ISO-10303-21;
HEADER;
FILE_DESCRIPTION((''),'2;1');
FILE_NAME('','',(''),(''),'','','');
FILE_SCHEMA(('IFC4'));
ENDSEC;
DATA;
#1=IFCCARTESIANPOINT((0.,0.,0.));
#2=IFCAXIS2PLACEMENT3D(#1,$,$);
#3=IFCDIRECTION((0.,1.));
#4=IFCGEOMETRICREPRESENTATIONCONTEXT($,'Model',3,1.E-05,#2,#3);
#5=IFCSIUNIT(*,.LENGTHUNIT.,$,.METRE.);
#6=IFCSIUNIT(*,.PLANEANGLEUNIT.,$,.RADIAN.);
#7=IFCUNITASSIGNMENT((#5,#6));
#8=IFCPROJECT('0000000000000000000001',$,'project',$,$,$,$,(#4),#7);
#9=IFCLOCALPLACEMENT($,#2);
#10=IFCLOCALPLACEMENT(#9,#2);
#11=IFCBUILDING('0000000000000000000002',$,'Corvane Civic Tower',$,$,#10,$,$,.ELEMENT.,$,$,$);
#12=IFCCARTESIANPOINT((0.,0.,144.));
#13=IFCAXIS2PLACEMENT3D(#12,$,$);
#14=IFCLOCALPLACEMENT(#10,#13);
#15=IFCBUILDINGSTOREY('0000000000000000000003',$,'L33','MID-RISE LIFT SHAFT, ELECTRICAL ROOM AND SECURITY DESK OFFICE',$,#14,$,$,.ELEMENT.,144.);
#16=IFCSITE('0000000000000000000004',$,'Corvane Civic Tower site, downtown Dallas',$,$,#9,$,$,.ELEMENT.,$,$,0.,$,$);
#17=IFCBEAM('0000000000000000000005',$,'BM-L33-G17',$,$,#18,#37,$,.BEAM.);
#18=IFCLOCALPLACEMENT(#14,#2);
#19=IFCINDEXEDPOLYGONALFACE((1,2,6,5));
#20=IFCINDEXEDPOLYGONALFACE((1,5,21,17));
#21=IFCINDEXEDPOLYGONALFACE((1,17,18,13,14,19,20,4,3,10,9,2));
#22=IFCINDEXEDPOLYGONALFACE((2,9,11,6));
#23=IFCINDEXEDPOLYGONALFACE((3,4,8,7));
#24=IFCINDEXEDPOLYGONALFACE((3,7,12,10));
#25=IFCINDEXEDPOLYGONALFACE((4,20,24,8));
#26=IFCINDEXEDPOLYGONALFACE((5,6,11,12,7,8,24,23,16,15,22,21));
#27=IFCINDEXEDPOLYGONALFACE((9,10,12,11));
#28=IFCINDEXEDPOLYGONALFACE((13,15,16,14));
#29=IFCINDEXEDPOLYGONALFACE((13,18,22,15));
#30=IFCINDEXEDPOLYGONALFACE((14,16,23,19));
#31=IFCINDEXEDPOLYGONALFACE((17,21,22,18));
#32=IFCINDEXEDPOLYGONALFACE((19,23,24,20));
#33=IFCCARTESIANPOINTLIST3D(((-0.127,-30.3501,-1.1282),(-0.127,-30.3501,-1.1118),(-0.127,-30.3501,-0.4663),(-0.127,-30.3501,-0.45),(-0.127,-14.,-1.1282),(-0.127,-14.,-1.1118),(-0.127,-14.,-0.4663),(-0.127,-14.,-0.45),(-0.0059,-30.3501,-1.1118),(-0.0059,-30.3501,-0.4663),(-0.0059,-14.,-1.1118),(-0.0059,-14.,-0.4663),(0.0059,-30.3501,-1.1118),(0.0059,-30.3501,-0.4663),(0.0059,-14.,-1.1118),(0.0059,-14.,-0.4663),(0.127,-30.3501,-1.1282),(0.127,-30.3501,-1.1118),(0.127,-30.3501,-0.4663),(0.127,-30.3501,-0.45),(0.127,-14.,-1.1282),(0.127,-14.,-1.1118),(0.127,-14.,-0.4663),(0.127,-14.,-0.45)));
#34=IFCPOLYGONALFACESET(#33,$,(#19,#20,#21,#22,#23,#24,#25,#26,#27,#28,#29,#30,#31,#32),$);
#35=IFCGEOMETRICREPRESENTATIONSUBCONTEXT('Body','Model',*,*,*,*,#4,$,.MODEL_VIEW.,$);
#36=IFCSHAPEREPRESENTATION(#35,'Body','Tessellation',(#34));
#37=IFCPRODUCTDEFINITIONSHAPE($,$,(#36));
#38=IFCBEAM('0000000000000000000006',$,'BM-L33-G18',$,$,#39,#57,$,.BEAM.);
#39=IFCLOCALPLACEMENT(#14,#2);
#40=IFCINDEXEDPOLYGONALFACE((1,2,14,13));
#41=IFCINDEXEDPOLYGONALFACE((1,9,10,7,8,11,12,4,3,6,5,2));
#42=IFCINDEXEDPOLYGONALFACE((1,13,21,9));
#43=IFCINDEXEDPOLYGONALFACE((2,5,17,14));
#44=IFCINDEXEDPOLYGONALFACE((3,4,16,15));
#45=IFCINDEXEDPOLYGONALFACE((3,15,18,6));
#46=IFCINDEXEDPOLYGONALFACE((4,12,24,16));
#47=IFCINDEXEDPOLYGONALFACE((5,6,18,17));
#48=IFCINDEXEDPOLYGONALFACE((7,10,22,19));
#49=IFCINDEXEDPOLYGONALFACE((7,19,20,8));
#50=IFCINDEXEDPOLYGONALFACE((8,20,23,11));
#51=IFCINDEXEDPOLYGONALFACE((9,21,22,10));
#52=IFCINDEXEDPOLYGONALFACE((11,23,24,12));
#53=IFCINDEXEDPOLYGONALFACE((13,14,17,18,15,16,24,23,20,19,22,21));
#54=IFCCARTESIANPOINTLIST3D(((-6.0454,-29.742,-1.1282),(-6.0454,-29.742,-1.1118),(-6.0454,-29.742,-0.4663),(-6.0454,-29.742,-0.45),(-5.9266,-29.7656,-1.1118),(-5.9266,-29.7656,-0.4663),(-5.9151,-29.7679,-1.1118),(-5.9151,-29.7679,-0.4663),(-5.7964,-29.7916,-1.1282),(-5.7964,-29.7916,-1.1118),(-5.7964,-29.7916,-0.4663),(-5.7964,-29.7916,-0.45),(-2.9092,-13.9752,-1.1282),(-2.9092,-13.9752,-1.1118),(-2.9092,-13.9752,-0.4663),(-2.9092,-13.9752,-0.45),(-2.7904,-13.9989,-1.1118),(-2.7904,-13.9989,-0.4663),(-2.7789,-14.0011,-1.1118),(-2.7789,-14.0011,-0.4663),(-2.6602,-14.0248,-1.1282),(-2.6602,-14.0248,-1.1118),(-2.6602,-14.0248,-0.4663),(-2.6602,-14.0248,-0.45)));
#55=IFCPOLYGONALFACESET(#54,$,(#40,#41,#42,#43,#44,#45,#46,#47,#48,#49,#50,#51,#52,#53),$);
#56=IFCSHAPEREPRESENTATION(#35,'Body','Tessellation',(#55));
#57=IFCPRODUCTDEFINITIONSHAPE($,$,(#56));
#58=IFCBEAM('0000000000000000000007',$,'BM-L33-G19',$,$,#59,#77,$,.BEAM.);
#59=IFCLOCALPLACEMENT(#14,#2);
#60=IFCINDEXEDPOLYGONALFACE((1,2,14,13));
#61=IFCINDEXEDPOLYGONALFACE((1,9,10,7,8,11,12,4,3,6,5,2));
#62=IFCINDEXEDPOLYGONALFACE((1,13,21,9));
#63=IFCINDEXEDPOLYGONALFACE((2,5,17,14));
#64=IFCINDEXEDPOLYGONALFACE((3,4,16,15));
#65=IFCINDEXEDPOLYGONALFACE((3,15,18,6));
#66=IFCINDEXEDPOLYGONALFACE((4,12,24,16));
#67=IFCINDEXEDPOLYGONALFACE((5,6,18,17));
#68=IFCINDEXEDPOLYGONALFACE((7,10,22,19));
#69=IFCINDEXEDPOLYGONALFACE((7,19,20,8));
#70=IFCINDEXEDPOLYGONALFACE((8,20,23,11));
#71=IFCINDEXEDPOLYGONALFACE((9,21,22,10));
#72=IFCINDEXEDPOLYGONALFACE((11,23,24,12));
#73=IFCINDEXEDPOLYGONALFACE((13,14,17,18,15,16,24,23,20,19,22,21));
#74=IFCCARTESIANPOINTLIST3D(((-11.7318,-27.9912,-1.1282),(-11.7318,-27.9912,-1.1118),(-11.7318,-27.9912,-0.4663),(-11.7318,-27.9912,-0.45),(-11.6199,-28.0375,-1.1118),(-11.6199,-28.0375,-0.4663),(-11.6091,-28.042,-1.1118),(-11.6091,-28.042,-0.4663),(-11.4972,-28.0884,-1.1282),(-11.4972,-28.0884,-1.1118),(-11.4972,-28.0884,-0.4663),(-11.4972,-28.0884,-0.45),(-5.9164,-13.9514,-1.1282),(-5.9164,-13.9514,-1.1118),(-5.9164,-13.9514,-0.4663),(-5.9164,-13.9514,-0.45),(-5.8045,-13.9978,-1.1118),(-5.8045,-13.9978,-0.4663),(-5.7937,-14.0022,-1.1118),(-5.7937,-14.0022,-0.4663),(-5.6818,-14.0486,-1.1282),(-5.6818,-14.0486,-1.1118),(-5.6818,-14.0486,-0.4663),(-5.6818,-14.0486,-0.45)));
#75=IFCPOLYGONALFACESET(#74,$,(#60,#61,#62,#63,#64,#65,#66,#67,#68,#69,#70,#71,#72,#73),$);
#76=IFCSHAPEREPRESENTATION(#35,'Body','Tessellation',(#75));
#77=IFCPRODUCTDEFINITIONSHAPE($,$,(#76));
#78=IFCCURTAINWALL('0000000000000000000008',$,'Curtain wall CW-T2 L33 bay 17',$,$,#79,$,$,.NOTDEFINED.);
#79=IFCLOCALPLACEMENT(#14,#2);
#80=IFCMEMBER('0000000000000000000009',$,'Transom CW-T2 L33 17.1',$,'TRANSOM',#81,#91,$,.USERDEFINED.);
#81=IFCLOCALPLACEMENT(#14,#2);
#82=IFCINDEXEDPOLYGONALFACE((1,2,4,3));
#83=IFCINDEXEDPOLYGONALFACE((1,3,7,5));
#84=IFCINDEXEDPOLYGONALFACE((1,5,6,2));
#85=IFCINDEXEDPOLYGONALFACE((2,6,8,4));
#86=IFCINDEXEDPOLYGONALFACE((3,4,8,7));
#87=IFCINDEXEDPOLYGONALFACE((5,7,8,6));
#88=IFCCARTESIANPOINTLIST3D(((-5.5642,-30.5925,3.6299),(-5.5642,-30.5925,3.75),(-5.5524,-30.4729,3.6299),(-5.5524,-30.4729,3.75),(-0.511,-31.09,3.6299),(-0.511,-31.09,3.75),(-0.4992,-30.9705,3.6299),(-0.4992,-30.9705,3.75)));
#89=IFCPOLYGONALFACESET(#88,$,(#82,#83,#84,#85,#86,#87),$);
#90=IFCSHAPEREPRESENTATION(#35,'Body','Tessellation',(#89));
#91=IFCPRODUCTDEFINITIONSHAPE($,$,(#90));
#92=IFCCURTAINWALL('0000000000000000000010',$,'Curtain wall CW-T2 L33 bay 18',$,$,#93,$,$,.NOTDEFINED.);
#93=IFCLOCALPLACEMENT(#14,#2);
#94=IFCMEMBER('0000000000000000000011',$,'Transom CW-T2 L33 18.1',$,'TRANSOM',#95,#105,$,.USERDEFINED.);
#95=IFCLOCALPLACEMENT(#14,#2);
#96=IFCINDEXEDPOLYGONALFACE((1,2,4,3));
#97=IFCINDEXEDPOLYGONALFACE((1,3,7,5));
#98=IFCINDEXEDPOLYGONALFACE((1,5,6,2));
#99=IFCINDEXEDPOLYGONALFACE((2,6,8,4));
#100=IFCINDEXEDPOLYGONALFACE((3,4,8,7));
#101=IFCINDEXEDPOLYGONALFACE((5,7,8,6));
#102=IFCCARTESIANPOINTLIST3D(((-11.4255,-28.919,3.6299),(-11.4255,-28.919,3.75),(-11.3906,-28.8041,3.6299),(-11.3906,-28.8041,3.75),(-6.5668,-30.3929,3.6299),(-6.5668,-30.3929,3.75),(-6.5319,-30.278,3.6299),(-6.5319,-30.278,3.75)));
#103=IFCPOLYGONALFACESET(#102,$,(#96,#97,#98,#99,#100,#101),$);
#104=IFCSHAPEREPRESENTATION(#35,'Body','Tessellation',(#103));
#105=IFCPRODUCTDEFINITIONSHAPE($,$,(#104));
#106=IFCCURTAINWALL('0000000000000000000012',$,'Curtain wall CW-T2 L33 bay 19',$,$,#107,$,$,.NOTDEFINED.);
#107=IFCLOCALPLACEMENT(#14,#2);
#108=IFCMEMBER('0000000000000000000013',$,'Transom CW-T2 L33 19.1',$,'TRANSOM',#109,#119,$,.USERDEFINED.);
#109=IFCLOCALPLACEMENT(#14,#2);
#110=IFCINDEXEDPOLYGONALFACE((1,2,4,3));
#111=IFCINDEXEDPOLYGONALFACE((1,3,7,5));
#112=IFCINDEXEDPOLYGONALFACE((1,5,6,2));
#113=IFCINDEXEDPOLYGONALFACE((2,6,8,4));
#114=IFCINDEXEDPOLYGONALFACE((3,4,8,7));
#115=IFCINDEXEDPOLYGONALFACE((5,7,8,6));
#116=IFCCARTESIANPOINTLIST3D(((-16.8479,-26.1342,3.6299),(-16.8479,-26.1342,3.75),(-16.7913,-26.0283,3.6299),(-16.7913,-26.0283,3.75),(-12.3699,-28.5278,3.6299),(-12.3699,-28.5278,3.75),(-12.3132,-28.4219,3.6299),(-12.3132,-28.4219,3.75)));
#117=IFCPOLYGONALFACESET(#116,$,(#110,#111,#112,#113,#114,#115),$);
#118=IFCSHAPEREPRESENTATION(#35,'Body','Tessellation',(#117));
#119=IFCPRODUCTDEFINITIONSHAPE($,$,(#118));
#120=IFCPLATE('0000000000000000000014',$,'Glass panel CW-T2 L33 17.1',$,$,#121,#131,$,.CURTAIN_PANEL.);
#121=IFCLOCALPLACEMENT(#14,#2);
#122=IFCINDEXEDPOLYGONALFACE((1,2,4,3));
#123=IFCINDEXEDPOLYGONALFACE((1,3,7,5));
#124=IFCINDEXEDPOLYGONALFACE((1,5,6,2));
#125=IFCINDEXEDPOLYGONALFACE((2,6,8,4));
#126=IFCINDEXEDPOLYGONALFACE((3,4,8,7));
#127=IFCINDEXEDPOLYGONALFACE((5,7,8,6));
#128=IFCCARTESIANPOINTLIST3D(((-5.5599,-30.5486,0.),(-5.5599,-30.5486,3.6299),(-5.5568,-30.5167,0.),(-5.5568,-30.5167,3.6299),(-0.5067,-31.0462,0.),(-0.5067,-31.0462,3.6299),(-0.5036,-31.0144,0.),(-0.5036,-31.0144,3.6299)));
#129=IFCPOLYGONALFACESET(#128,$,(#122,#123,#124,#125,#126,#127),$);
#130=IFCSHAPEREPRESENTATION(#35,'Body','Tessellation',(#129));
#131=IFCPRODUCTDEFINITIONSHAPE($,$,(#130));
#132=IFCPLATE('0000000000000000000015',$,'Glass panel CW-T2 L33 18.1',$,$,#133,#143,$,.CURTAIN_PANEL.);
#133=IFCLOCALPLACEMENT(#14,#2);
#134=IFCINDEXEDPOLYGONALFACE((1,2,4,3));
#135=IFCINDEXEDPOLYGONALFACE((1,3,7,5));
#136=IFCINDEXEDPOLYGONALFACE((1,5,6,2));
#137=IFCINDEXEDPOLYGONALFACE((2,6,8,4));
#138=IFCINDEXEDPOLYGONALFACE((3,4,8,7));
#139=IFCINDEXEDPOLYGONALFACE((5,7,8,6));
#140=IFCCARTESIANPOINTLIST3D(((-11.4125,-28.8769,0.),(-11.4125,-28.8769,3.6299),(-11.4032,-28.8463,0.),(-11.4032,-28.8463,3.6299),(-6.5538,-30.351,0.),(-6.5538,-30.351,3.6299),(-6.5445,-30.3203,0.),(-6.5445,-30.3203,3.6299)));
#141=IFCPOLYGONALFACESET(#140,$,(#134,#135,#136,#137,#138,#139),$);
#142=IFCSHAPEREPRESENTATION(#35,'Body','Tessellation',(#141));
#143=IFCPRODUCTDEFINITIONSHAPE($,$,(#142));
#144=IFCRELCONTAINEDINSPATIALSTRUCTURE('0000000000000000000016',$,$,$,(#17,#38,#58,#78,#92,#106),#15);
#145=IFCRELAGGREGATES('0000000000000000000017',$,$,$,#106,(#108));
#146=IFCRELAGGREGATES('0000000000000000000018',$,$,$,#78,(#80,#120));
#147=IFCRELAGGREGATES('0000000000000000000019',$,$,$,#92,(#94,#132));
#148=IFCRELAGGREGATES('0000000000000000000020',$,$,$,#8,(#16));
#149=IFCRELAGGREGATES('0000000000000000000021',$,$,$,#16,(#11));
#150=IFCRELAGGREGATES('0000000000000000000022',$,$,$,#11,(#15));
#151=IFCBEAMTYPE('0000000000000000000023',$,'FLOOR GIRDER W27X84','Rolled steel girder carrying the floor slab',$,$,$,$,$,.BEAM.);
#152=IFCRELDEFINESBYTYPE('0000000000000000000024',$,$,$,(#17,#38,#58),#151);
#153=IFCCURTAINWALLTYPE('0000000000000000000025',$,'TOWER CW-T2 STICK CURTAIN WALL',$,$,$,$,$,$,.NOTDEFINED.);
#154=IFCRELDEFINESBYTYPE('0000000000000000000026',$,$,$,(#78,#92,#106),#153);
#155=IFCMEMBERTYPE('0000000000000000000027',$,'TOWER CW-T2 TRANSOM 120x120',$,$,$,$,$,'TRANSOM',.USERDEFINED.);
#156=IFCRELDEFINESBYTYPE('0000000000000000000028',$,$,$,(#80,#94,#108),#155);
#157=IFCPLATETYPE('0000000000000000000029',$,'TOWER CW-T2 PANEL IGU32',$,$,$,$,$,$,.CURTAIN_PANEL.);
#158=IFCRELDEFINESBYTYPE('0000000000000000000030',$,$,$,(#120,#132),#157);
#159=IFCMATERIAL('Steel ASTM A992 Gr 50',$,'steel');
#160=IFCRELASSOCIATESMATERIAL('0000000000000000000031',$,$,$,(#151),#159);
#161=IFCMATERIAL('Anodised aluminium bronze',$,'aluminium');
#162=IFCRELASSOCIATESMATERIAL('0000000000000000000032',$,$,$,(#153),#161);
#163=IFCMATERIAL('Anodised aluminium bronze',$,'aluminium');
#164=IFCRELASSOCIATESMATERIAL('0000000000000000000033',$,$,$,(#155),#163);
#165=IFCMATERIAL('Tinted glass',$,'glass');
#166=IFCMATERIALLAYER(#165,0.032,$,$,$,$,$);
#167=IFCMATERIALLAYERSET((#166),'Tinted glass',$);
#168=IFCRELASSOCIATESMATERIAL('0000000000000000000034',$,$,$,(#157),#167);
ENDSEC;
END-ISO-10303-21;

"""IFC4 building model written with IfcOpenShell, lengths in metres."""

from ifc_helpers import new_model, si_unit, direction, frame, origin, origin_2d, place, context, subcontext, project, spatial, rectangle, i_section, extrude, material, layer, layer_set, material_profile, profile_set, type_object, element, aggregate, save


model = new_model("IFC4")

# Units and contexts
model_context = context("Model", 3, precision=1e-05, world=origin(), true_north=direction((0.0, 1.0)))
body_context = subcontext(model_context, "Body", "Model", "MODEL_VIEW")
ifc_project = project(units=[si_unit("LENGTHUNIT", "METRE"), si_unit("PLANEANGLEUNIT", "RADIAN")], contexts=[model_context])

# Site, building, storey
site_placement = place(None, origin())
site = spatial("IfcSite", under=ifc_project, at=site_placement, Name="Corvane Civic Tower site, downtown Dallas", CompositionType="ELEMENT", RefElevation=0.0)
building_placement = place(site_placement, origin())
building = spatial("IfcBuilding", under=site, at=building_placement, Name="Corvane Civic Tower", CompositionType="ELEMENT")
storey_placement = place(building_placement, frame((0.0, 0.0, 144.0)))
storey = spatial("IfcBuildingStorey", under=building, at=storey_placement, Name="L33", Description="MID-RISE LIFT SHAFT, ELECTRICAL ROOM AND SECURITY DESK OFFICE", CompositionType="ELEMENT", Elevation=144.0)

# Beams
ifc_material_1 = material(Name="Steel ASTM A992 Gr 50", Category="steel")
ifc_material_profile_1 = material_profile(ifc_material_1, i_section(OverallWidth=0.2539, OverallDepth=0.6782, WebThickness=0.0117, FlangeThickness=0.0164, at=origin_2d()), Name="W27X84")
ifc_profile_set_1 = profile_set([ifc_material_profile_1], Name="Steel ASTM A992 Gr 50")
beam_type_1 = type_object("IfcBeamType", Name="FLOOR GIRDER W27X84", Description="Rolled steel girder carrying the floor slab", PredefinedType="BEAM", material=ifc_profile_set_1)
beam_1_placement = place(storey_placement, frame((0.0, -14.0, -0.7891), z_axis=(0.0, -1.0, 0.0), x_axis=(1.0, 0.0, 0.0)))
element("IfcBeam", 1, at=beam_1_placement, inside=storey, type_object=beam_type_1, Name="BM-L33-G17", PredefinedType="BEAM", context=body_context, shape_type="SweptSolid", body=[
    extrude(i_section(OverallWidth=0.2539, OverallDepth=0.6782, WebThickness=0.0117, FlangeThickness=0.0164, at=origin_2d()), origin(), (0.0, 0.0, 1.0), 16.3501),
])
beam_2_placement = place(storey_placement, frame((-2.7847, -14.0, -0.7891), z_axis=(-0.195091, -0.980785, 0.0), x_axis=(0.980785, -0.195091, 0.0)))
element("IfcBeam", 2, at=beam_2_placement, inside=storey, type_object=beam_type_1, Name="BM-L33-G18", PredefinedType="BEAM", context=body_context, shape_type="SweptSolid", body=[
    extrude(i_section(OverallWidth=0.2539, OverallDepth=0.6782, WebThickness=0.0117, FlangeThickness=0.0164, at=origin_2d()), origin(), (0.0, 0.0, 1.0), 16.0757),
])
beam_3_placement = place(storey_placement, frame((-5.7991, -14.0, -0.7891), z_axis=(-0.382681, -0.923881, 0.0), x_axis=(0.923881, -0.382681, 0.0)))
element("IfcBeam", 3, at=beam_3_placement, inside=storey, type_object=beam_type_1, Name="BM-L33-G19", PredefinedType="BEAM", context=body_context, shape_type="SweptSolid", body=[
    extrude(i_section(OverallWidth=0.2539, OverallDepth=0.6782, WebThickness=0.0117, FlangeThickness=0.0164, at=origin_2d()), origin(), (0.0, 0.0, 1.0), 15.1965),
])

# Curtain walls, members
ifc_material_2 = material(Name="Anodised aluminium bronze", Category="aluminium")
curtain_wall_type = type_object("IfcCurtainWallType", Name="TOWER CW-T2 STICK CURTAIN WALL", PredefinedType="NOTDEFINED", material=ifc_material_2)
curtain_wall_1_placement = place(storey_placement, origin())
curtain_wall_1 = element("IfcCurtainWall", 4, at=curtain_wall_1_placement, inside=storey, type_object=curtain_wall_type, Name="Curtain wall CW-T2 L33 bay 17", PredefinedType="NOTDEFINED")
ifc_material_3 = material(Name="Anodised aluminium bronze", Category="aluminium")
ifc_material_profile_2 = material_profile(ifc_material_3, rectangle(XDim=0.1201, YDim=0.1201, at=origin_2d()), Name="TOWER CW-T2 TRANSOM 120x120")
ifc_profile_set_2 = profile_set([ifc_material_profile_2], Name="Anodised aluminium bronze")
member_type = type_object("IfcMemberType", Name="TOWER CW-T2 TRANSOM 120x120", ElementType="TRANSOM", PredefinedType="USERDEFINED", material=ifc_profile_set_2)
member_1_placement = place(storey_placement, frame((-0.5051, -31.0303, 3.6899), z_axis=(-0.995187, 0.09799, 0.0), x_axis=(-0.09799, -0.995187, 0.0)))
member_1 = element("IfcMember", 5, at=member_1_placement, type_object=member_type, Name="Transom CW-T2 L33 17.1", ObjectType="TRANSOM", PredefinedType="USERDEFINED", context=body_context, shape_type="SweptSolid", body=[
    extrude(rectangle(XDim=0.1201, YDim=0.1201, at=origin_2d()), origin(), (0.0, 0.0, 1.0), 5.0776),
])
curtain_wall_2_placement = place(storey_placement, origin())
curtain_wall_2 = element("IfcCurtainWall", 6, at=curtain_wall_2_placement, inside=storey, type_object=curtain_wall_type, Name="Curtain wall CW-T2 L33 bay 18", PredefinedType="NOTDEFINED")
member_2_placement = place(storey_placement, frame((-6.5493, -30.3354, 3.6899), z_axis=(-0.956939, 0.290289, 0.0), x_axis=(-0.290289, -0.956939, 0.0)))
member_2 = element("IfcMember", 7, at=member_2_placement, type_object=member_type, Name="Transom CW-T2 L33 18.1", ObjectType="TRANSOM", PredefinedType="USERDEFINED", context=body_context, shape_type="SweptSolid", body=[
    extrude(rectangle(XDim=0.1201, YDim=0.1201, at=origin_2d()), origin(), (0.0, 0.0, 1.0), 5.0774),
])
curtain_wall_3_placement = place(storey_placement, origin())
curtain_wall_3 = element("IfcCurtainWall", 8, at=curtain_wall_3_placement, inside=storey, type_object=curtain_wall_type, Name="Curtain wall CW-T2 L33 bay 19", PredefinedType="NOTDEFINED")
member_3_placement = place(storey_placement, frame((-12.3416, -28.4749, 3.6899), z_axis=(-0.881921, 0.471397, 0.0), x_axis=(-0.471397, -0.881921, 0.0)))
member_3 = element("IfcMember", 9, at=member_3_placement, type_object=member_type, Name="Transom CW-T2 L33 19.1", ObjectType="TRANSOM", PredefinedType="USERDEFINED", context=body_context, shape_type="SweptSolid", body=[
    extrude(rectangle(XDim=0.1201, YDim=0.1201, at=origin_2d()), origin(), (0.0, 0.0, 1.0), 5.0776),
])
aggregate(curtain_wall_3, [member_3])

# Plates
ifc_material_4 = material(Name="Tinted glass", Category="glass")
ifc_layer_1 = layer(ifc_material_4, 0.032)
ifc_layer_set_1 = layer_set([ifc_layer_1], Name="Tinted glass")
plate_type = type_object("IfcPlateType", Name="TOWER CW-T2 PANEL IGU32", PredefinedType="CURTAIN_PANEL", material=ifc_layer_set_1)
plate_1_placement = place(storey_placement, frame((-3.0317, -30.7815, 0.0), z_axis=(0.0, 0.0, 1.0), x_axis=(-0.995185, 0.098012, 0.0)))
plate_1 = element("IfcPlate", 10, at=plate_1_placement, type_object=plate_type, Name="Glass panel CW-T2 L33 17.1", PredefinedType="CURTAIN_PANEL", context=body_context, shape_type="SweptSolid", body=[
    extrude(rectangle(XDim=5.0776, YDim=0.032, at=origin_2d()), origin(), (0.0, 0.0, 1.0), 3.6299),
])
aggregate(curtain_wall_1, [member_1, plate_1])
plate_2_placement = place(storey_placement, frame((-8.9785, -29.5986, 0.0), z_axis=(0.0, 0.0, 1.0), x_axis=(-0.956932, 0.290313, 0.0)))
plate_2 = element("IfcPlate", 11, at=plate_2_placement, type_object=plate_type, Name="Glass panel CW-T2 L33 18.1", PredefinedType="CURTAIN_PANEL", context=body_context, shape_type="SweptSolid", body=[
    extrude(rectangle(XDim=5.0774, YDim=0.032, at=origin_2d()), origin(), (0.0, 0.0, 1.0), 3.6299),
])
aggregate(curtain_wall_2, [member_2, plate_2])

save(model, "model.ifc")
